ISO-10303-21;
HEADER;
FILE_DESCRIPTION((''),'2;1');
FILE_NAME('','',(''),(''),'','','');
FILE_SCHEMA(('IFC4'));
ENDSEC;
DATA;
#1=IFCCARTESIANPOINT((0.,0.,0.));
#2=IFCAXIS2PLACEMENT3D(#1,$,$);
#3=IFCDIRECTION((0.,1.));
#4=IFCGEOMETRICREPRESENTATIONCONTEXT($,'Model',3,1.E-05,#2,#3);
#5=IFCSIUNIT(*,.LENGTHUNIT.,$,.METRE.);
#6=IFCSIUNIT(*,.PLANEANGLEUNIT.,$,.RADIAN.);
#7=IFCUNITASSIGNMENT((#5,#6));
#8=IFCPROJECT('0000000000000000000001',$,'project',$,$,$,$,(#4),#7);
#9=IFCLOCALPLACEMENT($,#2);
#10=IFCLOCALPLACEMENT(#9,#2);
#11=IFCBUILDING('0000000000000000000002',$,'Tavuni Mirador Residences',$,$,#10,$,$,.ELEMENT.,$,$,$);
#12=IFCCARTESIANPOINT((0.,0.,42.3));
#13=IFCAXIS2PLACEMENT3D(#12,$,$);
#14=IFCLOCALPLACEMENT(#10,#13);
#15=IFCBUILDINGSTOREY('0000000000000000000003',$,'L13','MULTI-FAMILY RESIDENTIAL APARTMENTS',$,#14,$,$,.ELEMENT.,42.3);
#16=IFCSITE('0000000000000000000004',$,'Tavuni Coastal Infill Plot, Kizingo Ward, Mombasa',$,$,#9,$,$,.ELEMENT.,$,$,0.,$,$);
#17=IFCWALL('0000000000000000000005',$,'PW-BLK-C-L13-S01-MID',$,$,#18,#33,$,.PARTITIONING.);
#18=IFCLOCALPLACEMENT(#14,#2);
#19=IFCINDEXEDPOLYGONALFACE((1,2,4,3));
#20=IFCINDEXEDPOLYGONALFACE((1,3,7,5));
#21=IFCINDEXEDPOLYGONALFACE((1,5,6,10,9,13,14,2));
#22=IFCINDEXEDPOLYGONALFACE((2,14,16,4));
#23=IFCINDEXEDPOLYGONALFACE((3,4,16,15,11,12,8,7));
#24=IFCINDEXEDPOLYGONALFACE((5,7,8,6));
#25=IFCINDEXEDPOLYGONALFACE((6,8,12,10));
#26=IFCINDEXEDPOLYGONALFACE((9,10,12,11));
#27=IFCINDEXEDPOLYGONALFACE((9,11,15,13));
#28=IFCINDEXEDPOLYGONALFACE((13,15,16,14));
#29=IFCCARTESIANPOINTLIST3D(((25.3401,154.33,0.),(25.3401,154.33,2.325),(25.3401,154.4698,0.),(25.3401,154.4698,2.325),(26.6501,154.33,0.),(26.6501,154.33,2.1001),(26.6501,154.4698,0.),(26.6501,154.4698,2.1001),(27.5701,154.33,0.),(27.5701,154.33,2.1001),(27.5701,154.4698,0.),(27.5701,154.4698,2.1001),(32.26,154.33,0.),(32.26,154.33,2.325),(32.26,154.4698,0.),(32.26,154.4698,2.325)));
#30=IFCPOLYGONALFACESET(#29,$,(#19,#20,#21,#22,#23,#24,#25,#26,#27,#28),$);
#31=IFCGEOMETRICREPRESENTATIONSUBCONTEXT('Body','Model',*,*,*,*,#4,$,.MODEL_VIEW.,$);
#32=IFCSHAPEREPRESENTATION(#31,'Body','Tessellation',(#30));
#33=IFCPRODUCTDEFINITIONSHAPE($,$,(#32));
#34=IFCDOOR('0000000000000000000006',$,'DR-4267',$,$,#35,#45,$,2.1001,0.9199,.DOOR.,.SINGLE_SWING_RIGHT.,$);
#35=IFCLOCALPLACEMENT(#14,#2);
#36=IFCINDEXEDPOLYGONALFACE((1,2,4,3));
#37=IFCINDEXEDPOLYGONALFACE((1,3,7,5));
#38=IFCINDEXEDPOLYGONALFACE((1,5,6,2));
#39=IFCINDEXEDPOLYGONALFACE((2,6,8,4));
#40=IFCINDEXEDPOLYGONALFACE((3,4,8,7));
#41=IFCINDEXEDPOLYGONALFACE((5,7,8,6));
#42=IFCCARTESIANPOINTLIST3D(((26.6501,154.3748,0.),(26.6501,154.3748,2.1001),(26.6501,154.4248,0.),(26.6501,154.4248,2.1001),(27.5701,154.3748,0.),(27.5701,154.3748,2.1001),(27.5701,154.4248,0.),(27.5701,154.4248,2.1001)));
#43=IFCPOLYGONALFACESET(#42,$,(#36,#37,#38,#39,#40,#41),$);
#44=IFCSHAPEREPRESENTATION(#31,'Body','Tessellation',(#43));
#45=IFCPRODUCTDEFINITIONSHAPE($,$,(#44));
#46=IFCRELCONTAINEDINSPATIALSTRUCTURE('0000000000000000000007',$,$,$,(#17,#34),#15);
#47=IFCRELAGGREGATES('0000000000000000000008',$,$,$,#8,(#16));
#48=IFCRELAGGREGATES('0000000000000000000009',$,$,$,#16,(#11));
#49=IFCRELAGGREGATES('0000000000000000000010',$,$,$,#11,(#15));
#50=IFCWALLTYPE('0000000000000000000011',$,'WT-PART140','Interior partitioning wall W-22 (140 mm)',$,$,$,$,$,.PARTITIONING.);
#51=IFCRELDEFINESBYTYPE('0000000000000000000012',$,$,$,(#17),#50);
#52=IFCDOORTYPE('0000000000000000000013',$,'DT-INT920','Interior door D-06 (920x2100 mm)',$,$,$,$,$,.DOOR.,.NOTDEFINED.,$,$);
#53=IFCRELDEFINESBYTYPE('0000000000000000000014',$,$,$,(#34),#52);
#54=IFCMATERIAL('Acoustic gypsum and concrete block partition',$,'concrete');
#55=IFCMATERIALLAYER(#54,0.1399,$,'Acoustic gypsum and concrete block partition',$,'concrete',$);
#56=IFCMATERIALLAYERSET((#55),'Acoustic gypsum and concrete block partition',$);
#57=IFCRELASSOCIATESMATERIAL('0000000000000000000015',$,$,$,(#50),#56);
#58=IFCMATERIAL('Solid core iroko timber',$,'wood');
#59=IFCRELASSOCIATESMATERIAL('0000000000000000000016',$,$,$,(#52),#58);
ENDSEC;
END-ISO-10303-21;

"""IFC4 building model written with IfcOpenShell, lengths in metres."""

from ifc_helpers import new_model, si_unit, direction, frame, frame_2d, origin, place, context, subcontext, project, spatial, rectangle, extrude, material, layer, layer_set, type_object, element, fill, save


model = new_model("IFC4")

# Units and contexts
model_context = context("Model", 3, precision=1e-05, world=origin(), true_north=direction((0.0, 1.0)))
body_context = subcontext(model_context, "Body", "Model", "MODEL_VIEW")
ifc_project = project(units=[si_unit("LENGTHUNIT", "METRE"), si_unit("PLANEANGLEUNIT", "RADIAN")], contexts=[model_context])

# Site, building, storey
site_placement = place(None, origin())
site = spatial("IfcSite", under=ifc_project, at=site_placement, Name="Tavuni Coastal Infill Plot, Kizingo Ward, Mombasa", CompositionType="ELEMENT", RefElevation=0.0)
building_placement = place(site_placement, origin())
building = spatial("IfcBuilding", under=site, at=building_placement, Name="Tavuni Mirador Residences", CompositionType="ELEMENT")
storey_placement = place(building_placement, frame((0.0, 0.0, 42.3)))
storey = spatial("IfcBuildingStorey", under=building, at=storey_placement, Name="L13", Description="MULTI-FAMILY RESIDENTIAL APARTMENTS", CompositionType="ELEMENT", Elevation=42.3)

# Shared definitions
ifc_material_1 = material(Name="Solid core iroko timber", Category="wood")

# Wall, opening, door
ifc_material_2 = material(Name="Acoustic gypsum and concrete block partition", Category="concrete")
ifc_layer_1 = layer(ifc_material_2, 0.1399, Name="Acoustic gypsum and concrete block partition", Category="concrete")
ifc_layer_set_1 = layer_set([ifc_layer_1], Name="Acoustic gypsum and concrete block partition")
wall_type_1 = type_object("IfcWallType", Name="WT-PART140", Description="Interior partitioning wall W-22 (140 mm)", PredefinedType="PARTITIONING", material=ifc_layer_set_1)
wall_1_placement = place(storey_placement, frame((25.3401, 154.3999, 0.0), z_axis=(0.0, 0.0, 1.0), x_axis=(1.0, 0.0, 0.0)))
wall_1 = element("IfcWall", 1, at=wall_1_placement, inside=storey, type_object=wall_type_1, Name="PW-BLK-C-L13-S01-MID", PredefinedType="PARTITIONING", context=body_context, shape_type="SweptSolid", body=[
    extrude(rectangle(XDim=6.9199, YDim=0.1399, at=frame_2d((3.46, 0.0))), origin(), (0.0, 0.0, 1.0), 2.325),
])
opening_1_placement = place(wall_1_placement, frame((1.3101, 0.0, 0.0)))
opening_1 = element("IfcOpeningElement", 2, at=opening_1_placement, cuts=wall_1, PredefinedType="OPENING", context=body_context, shape_type="SweptSolid", body=[
    extrude(rectangle(XDim=0.9199, YDim=2.1001, at=frame_2d((0.46, 1.05))), frame((0.0, 0.0801, 0.0), z_axis=(0.0, -1.0, 0.0), x_axis=(1.0, 0.0, 0.0)), (0.0, 0.0, 1.0), 0.1599),
])
door_type_1 = type_object("IfcDoorType", Name="DT-INT920", Description="Interior door D-06 (920x2100 mm)", OperationType="NOTDEFINED", PredefinedType="DOOR", material=ifc_material_1)
door_1_placement = place(opening_1_placement, origin())
door_1 = element("IfcDoor", 3, at=door_1_placement, inside=storey, type_object=door_type_1, Name="DR-4267", OperationType="SINGLE_SWING_RIGHT", OverallHeight=2.1001, OverallWidth=0.9199, PredefinedType="DOOR", context=body_context, shape_type="SweptSolid", body=[
    extrude(rectangle(XDim=0.9199, YDim=2.1001, at=frame_2d((0.46, 1.05))), frame((0.0, 0.0249, 0.0), z_axis=(0.0, -1.0, 0.0), x_axis=(1.0, 0.0, 0.0)), (0.0, 0.0, 1.0), 0.05),
])
fill(opening_1, door_1)

save(model, "model.ifc")
